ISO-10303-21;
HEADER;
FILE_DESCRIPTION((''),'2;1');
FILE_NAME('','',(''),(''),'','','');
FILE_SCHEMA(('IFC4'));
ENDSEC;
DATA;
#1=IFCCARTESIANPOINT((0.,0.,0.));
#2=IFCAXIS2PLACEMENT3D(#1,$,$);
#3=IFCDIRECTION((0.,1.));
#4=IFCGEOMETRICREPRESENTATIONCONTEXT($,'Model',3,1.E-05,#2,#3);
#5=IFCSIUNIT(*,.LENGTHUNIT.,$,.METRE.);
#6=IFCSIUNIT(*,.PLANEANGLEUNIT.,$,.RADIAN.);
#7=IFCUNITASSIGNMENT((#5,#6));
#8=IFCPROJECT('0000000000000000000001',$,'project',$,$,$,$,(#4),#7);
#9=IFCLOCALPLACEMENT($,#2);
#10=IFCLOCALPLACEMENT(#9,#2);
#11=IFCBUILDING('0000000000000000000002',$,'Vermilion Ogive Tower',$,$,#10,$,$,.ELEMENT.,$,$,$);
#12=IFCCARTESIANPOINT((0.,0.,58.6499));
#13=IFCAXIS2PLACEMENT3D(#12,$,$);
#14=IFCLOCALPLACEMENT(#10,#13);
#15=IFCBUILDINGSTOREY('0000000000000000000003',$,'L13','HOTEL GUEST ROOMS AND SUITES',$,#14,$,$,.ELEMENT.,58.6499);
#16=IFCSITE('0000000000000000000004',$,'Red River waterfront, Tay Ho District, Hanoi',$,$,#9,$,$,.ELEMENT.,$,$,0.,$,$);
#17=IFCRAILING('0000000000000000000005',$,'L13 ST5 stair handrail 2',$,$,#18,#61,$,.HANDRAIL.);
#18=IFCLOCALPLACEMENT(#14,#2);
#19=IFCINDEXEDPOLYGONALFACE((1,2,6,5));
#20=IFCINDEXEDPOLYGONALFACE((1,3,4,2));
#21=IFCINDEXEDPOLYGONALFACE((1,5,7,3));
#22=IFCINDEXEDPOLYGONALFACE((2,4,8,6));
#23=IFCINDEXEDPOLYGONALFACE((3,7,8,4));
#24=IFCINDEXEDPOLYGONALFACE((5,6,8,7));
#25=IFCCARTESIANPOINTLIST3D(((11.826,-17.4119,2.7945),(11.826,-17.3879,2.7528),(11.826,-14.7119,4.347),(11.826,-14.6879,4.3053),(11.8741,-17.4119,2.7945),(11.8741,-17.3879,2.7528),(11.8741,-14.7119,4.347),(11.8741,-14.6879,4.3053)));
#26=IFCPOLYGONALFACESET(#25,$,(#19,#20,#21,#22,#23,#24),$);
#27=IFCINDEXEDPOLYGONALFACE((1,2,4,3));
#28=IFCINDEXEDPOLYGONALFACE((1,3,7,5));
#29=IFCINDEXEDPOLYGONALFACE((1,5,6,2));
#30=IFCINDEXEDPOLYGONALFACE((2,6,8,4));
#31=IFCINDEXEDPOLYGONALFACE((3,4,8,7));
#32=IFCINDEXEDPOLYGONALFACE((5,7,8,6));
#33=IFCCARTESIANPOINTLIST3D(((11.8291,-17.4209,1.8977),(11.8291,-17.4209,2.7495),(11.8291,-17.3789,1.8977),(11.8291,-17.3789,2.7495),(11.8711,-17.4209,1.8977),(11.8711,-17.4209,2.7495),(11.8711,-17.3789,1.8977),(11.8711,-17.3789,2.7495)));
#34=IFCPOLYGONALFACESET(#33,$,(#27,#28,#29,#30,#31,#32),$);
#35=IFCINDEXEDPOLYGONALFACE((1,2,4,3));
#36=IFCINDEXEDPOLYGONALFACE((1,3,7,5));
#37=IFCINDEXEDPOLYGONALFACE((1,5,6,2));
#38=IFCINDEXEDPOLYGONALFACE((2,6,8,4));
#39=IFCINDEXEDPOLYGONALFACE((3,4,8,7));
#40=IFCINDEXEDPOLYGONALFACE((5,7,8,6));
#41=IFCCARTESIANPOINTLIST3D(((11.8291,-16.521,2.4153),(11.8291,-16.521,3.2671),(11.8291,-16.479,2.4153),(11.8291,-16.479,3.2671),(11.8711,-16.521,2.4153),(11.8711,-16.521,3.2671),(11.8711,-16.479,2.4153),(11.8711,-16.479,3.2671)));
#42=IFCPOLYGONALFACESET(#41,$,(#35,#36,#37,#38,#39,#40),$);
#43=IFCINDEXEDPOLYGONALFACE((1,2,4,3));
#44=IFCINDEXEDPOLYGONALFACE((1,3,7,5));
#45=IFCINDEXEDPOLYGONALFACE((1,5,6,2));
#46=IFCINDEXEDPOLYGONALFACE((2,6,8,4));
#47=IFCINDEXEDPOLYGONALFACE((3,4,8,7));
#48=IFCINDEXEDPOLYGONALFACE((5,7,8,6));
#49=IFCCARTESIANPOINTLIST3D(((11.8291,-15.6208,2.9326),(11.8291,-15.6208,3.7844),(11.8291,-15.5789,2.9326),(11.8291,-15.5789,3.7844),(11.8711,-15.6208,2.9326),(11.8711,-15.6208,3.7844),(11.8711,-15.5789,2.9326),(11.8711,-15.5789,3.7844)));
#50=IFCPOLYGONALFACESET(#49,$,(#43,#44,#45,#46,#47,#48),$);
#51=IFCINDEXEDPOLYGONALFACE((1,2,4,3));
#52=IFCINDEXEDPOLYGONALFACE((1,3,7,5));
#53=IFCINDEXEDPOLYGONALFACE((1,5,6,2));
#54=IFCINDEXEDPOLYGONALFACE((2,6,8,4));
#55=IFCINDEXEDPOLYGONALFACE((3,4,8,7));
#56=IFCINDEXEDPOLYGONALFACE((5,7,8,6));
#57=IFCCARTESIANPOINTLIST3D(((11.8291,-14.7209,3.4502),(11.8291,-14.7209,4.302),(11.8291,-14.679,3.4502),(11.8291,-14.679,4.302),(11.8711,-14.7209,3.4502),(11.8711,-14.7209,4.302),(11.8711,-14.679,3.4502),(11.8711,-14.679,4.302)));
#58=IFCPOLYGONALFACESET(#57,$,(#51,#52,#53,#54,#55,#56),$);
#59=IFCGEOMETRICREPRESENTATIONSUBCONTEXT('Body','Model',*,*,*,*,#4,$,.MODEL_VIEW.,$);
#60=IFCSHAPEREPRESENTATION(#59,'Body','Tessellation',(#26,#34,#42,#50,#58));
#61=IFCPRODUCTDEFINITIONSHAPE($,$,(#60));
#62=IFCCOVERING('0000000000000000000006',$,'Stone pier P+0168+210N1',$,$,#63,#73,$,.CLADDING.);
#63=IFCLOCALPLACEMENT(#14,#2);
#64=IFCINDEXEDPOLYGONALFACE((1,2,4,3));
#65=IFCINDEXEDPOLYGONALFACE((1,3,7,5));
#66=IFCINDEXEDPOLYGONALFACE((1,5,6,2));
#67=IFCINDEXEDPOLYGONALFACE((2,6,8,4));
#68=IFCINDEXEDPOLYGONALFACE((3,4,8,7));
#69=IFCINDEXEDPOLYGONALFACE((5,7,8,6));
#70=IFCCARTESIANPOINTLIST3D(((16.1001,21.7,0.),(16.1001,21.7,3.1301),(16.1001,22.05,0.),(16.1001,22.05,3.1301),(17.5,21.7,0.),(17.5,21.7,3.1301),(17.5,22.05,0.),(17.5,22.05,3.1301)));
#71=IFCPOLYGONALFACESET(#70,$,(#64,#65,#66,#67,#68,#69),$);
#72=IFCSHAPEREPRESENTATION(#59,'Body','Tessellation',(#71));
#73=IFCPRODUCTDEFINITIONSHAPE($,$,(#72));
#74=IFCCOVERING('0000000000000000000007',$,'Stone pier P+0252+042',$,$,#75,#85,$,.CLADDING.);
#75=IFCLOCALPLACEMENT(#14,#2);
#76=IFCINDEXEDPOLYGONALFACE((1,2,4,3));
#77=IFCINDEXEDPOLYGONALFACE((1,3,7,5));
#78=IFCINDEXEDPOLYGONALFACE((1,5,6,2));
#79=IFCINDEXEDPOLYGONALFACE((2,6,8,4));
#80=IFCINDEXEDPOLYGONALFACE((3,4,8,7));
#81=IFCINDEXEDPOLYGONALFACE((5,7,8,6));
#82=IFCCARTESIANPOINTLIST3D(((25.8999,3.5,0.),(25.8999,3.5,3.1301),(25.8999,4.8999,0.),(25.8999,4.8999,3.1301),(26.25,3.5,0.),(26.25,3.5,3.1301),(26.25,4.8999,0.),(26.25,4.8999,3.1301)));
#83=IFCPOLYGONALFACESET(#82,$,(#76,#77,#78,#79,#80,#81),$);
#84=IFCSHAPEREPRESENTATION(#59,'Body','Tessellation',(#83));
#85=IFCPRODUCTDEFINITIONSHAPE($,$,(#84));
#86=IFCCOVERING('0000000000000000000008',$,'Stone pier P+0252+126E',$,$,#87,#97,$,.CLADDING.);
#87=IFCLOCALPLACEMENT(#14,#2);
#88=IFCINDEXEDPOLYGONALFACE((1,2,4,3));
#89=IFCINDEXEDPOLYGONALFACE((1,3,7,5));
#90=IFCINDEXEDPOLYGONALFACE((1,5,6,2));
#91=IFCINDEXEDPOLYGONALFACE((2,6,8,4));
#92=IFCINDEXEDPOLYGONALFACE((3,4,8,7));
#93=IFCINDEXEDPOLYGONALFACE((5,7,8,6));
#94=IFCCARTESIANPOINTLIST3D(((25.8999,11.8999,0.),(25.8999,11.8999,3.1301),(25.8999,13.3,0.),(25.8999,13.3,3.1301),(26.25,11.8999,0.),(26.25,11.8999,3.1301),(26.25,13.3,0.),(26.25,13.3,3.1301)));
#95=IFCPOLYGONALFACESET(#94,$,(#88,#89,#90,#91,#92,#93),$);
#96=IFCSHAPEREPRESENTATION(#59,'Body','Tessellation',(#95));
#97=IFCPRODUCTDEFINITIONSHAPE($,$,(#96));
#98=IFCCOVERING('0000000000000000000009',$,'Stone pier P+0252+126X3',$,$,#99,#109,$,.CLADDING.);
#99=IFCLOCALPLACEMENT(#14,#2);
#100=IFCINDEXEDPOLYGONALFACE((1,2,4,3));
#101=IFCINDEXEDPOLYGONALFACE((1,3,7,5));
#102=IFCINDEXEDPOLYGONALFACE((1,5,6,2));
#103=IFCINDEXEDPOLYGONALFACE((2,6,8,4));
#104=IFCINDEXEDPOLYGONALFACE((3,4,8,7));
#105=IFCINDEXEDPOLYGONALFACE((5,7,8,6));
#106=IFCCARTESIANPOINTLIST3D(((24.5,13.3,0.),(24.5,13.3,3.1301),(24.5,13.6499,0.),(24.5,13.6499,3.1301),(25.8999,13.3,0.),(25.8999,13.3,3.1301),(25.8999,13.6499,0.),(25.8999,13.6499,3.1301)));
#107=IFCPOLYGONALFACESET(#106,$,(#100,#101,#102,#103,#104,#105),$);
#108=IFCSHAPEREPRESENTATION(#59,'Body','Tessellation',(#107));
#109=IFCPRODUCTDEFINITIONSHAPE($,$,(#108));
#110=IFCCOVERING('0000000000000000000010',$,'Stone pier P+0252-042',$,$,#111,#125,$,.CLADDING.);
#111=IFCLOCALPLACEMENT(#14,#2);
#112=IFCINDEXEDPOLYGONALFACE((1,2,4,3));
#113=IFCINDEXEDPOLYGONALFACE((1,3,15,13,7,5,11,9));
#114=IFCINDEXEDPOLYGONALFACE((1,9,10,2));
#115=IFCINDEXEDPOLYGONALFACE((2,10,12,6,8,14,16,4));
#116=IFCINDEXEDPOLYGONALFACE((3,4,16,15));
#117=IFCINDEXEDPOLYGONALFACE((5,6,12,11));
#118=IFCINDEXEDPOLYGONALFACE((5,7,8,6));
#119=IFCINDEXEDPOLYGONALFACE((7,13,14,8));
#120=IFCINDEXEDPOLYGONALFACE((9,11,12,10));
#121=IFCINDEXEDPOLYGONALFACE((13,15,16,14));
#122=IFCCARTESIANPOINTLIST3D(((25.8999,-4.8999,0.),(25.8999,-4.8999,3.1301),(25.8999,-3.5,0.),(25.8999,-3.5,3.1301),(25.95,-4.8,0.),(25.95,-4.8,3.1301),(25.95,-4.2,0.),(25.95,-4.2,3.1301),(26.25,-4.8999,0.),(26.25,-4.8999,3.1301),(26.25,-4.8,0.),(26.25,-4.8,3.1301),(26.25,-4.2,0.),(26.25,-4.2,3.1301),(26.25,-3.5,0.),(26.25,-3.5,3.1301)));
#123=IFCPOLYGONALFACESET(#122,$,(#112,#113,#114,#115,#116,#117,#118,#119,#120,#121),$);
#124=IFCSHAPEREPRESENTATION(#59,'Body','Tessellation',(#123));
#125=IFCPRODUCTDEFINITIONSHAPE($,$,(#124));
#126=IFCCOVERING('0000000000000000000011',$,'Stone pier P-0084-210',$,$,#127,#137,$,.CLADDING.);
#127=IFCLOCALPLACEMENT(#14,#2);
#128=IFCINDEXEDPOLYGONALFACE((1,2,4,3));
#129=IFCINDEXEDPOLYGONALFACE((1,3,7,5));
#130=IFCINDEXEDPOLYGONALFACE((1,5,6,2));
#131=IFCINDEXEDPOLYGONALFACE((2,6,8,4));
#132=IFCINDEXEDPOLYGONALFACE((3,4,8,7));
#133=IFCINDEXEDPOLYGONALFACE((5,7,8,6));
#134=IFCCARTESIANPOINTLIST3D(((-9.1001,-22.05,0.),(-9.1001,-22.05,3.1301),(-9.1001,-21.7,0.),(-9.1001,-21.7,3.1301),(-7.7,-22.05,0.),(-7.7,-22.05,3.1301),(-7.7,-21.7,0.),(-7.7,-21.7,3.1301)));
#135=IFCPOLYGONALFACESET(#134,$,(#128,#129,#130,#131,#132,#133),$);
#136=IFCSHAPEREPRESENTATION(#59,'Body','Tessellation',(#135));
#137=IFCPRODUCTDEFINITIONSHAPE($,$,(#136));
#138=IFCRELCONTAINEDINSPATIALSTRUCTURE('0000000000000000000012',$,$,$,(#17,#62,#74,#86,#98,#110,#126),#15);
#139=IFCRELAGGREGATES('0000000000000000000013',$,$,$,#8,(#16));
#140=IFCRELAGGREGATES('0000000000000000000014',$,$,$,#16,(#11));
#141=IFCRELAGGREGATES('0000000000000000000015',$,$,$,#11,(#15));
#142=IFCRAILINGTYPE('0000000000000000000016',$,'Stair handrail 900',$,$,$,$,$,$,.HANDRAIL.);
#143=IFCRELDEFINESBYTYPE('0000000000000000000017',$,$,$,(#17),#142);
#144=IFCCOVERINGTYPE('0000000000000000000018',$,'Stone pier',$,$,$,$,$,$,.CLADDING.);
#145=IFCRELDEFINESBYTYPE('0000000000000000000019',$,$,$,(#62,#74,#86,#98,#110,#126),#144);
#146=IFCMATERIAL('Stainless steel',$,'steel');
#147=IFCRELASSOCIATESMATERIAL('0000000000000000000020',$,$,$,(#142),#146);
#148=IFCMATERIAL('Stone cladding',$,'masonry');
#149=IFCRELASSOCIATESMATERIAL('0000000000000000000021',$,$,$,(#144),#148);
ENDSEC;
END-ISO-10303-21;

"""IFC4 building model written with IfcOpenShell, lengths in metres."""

from ifc_helpers import new_model, si_unit, direction, frame, origin, origin_2d, place, context, subcontext, project, spatial, polyline, rectangle, outline, extrude, material, type_object, element, save


model = new_model("IFC4")

# Units and contexts
model_context = context("Model", 3, precision=1e-05, world=origin(), true_north=direction((0.0, 1.0)))
body_context = subcontext(model_context, "Body", "Model", "MODEL_VIEW")
ifc_project = project(units=[si_unit("LENGTHUNIT", "METRE"), si_unit("PLANEANGLEUNIT", "RADIAN")], contexts=[model_context])

# Site, building, storey
site_placement = place(None, origin())
site = spatial("IfcSite", under=ifc_project, at=site_placement, Name="Red River waterfront, Tay Ho District, Hanoi", CompositionType="ELEMENT", RefElevation=0.0)
building_placement = place(site_placement, origin())
building = spatial("IfcBuilding", under=site, at=building_placement, Name="Vermilion Ogive Tower", CompositionType="ELEMENT")
storey_placement = place(building_placement, frame((0.0, 0.0, 58.6499)))
storey = spatial("IfcBuildingStorey", under=building, at=storey_placement, Name="L13", Description="HOTEL GUEST ROOMS AND SUITES", CompositionType="ELEMENT", Elevation=58.6499)

# Railing
ifc_material_1 = material(Name="Stainless steel", Category="steel")
railing_type_1 = type_object("IfcRailingType", Name="Stair handrail 900", PredefinedType="HANDRAIL", material=ifc_material_1)
railing_1_placement = place(storey_placement, frame((11.8501, -17.3999, 1.8977)))
element("IfcRailing", 1, at=railing_1_placement, inside=storey, type_object=railing_type_1, Name="L13 ST5 stair handrail 2", PredefinedType="HANDRAIL", context=body_context, shape_type="SweptSolid", body=[
    extrude(rectangle(XDim=0.0481, YDim=0.0481, at=origin_2d()), frame((0.0, 0.0, 0.876), z_axis=(0.0, 0.866904, 0.498476), x_axis=(-1.0, 0.0, 0.0)), (0.0, 0.0, 1.0), 3.1145),
    extrude(rectangle(XDim=0.042, YDim=0.042, at=origin_2d()), origin(), (0.0, 0.0, 1.0), 0.8518),
    extrude(rectangle(XDim=0.042, YDim=0.042, at=origin_2d()), frame((0.0, 0.8999, 0.5176)), (0.0, 0.0, 1.0), 0.8518),
    extrude(rectangle(XDim=0.042, YDim=0.042, at=origin_2d()), frame((0.0, 1.8, 1.0349)), (0.0, 0.0, 1.0), 0.8518),
    extrude(rectangle(XDim=0.042, YDim=0.042, at=origin_2d()), frame((0.0, 2.7, 1.5525)), (0.0, 0.0, 1.0), 0.8518),
])

# Coverings
ifc_material_2 = material(Name="Stone cladding", Category="masonry")
covering_type = type_object("IfcCoveringType", Name="Stone pier", PredefinedType="CLADDING", material=ifc_material_2)
covering_1_placement = place(storey_placement, origin())
element("IfcCovering", 2, at=covering_1_placement, inside=storey, type_object=covering_type, Name="Stone pier P+0168+210N1", PredefinedType="CLADDING", context=body_context, shape_type="SweptSolid", body=[
    extrude(outline(polyline([(17.5, 22.05), (17.5, 21.7), (16.1001, 21.7), (16.1001, 22.05), (17.5, 22.05)])), origin(), (0.0, 0.0, 1.0), 3.1301),
])
covering_2_placement = place(storey_placement, origin())
element("IfcCovering", 3, at=covering_2_placement, inside=storey, type_object=covering_type, Name="Stone pier P+0252+042", PredefinedType="CLADDING", context=body_context, shape_type="SweptSolid", body=[
    extrude(outline(polyline([(26.25, 4.8999), (26.25, 3.5), (25.8999, 3.5), (25.8999, 4.8999), (26.25, 4.8999)])), origin(), (0.0, 0.0, 1.0), 3.1301),
])
covering_3_placement = place(storey_placement, origin())
element("IfcCovering", 4, at=covering_3_placement, inside=storey, type_object=covering_type, Name="Stone pier P+0252+126E", PredefinedType="CLADDING", context=body_context, shape_type="SweptSolid", body=[
    extrude(outline(polyline([(26.25, 13.3), (26.25, 11.8999), (25.8999, 11.8999), (25.8999, 13.3), (26.25, 13.3)])), origin(), (0.0, 0.0, 1.0), 3.1301),
])
covering_4_placement = place(storey_placement, origin())
element("IfcCovering", 5, at=covering_4_placement, inside=storey, type_object=covering_type, Name="Stone pier P+0252+126X3", PredefinedType="CLADDING", context=body_context, shape_type="SweptSolid", body=[
    extrude(outline(polyline([(25.8999, 13.6499), (25.8999, 13.3), (24.5, 13.3), (24.5, 13.6499), (25.8999, 13.6499)])), origin(), (0.0, 0.0, 1.0), 3.1301),
])
covering_5_placement = place(storey_placement, origin())
element("IfcCovering", 6, at=covering_5_placement, inside=storey, type_object=covering_type, Name="Stone pier P+0252-042", PredefinedType="CLADDING", context=body_context, shape_type="SweptSolid", body=[
    extrude(outline(polyline([(26.25, -3.5), (26.25, -4.2), (25.95, -4.2), (25.95, -4.8), (26.25, -4.8), (26.25, -4.8999), (25.8999, -4.8999), (25.8999, -3.5), (26.25, -3.5)])), origin(), (0.0, 0.0, 1.0), 3.1301),
])
covering_6_placement = place(storey_placement, origin())
element("IfcCovering", 7, at=covering_6_placement, inside=storey, type_object=covering_type, Name="Stone pier P-0084-210", PredefinedType="CLADDING", context=body_context, shape_type="SweptSolid", body=[
    extrude(outline(polyline([(-7.7, -22.05), (-9.1001, -22.05), (-9.1001, -21.7), (-7.7, -21.7), (-7.7, -22.05)])), origin(), (0.0, 0.0, 1.0), 3.1301),
])

save(model, "model.ifc")
